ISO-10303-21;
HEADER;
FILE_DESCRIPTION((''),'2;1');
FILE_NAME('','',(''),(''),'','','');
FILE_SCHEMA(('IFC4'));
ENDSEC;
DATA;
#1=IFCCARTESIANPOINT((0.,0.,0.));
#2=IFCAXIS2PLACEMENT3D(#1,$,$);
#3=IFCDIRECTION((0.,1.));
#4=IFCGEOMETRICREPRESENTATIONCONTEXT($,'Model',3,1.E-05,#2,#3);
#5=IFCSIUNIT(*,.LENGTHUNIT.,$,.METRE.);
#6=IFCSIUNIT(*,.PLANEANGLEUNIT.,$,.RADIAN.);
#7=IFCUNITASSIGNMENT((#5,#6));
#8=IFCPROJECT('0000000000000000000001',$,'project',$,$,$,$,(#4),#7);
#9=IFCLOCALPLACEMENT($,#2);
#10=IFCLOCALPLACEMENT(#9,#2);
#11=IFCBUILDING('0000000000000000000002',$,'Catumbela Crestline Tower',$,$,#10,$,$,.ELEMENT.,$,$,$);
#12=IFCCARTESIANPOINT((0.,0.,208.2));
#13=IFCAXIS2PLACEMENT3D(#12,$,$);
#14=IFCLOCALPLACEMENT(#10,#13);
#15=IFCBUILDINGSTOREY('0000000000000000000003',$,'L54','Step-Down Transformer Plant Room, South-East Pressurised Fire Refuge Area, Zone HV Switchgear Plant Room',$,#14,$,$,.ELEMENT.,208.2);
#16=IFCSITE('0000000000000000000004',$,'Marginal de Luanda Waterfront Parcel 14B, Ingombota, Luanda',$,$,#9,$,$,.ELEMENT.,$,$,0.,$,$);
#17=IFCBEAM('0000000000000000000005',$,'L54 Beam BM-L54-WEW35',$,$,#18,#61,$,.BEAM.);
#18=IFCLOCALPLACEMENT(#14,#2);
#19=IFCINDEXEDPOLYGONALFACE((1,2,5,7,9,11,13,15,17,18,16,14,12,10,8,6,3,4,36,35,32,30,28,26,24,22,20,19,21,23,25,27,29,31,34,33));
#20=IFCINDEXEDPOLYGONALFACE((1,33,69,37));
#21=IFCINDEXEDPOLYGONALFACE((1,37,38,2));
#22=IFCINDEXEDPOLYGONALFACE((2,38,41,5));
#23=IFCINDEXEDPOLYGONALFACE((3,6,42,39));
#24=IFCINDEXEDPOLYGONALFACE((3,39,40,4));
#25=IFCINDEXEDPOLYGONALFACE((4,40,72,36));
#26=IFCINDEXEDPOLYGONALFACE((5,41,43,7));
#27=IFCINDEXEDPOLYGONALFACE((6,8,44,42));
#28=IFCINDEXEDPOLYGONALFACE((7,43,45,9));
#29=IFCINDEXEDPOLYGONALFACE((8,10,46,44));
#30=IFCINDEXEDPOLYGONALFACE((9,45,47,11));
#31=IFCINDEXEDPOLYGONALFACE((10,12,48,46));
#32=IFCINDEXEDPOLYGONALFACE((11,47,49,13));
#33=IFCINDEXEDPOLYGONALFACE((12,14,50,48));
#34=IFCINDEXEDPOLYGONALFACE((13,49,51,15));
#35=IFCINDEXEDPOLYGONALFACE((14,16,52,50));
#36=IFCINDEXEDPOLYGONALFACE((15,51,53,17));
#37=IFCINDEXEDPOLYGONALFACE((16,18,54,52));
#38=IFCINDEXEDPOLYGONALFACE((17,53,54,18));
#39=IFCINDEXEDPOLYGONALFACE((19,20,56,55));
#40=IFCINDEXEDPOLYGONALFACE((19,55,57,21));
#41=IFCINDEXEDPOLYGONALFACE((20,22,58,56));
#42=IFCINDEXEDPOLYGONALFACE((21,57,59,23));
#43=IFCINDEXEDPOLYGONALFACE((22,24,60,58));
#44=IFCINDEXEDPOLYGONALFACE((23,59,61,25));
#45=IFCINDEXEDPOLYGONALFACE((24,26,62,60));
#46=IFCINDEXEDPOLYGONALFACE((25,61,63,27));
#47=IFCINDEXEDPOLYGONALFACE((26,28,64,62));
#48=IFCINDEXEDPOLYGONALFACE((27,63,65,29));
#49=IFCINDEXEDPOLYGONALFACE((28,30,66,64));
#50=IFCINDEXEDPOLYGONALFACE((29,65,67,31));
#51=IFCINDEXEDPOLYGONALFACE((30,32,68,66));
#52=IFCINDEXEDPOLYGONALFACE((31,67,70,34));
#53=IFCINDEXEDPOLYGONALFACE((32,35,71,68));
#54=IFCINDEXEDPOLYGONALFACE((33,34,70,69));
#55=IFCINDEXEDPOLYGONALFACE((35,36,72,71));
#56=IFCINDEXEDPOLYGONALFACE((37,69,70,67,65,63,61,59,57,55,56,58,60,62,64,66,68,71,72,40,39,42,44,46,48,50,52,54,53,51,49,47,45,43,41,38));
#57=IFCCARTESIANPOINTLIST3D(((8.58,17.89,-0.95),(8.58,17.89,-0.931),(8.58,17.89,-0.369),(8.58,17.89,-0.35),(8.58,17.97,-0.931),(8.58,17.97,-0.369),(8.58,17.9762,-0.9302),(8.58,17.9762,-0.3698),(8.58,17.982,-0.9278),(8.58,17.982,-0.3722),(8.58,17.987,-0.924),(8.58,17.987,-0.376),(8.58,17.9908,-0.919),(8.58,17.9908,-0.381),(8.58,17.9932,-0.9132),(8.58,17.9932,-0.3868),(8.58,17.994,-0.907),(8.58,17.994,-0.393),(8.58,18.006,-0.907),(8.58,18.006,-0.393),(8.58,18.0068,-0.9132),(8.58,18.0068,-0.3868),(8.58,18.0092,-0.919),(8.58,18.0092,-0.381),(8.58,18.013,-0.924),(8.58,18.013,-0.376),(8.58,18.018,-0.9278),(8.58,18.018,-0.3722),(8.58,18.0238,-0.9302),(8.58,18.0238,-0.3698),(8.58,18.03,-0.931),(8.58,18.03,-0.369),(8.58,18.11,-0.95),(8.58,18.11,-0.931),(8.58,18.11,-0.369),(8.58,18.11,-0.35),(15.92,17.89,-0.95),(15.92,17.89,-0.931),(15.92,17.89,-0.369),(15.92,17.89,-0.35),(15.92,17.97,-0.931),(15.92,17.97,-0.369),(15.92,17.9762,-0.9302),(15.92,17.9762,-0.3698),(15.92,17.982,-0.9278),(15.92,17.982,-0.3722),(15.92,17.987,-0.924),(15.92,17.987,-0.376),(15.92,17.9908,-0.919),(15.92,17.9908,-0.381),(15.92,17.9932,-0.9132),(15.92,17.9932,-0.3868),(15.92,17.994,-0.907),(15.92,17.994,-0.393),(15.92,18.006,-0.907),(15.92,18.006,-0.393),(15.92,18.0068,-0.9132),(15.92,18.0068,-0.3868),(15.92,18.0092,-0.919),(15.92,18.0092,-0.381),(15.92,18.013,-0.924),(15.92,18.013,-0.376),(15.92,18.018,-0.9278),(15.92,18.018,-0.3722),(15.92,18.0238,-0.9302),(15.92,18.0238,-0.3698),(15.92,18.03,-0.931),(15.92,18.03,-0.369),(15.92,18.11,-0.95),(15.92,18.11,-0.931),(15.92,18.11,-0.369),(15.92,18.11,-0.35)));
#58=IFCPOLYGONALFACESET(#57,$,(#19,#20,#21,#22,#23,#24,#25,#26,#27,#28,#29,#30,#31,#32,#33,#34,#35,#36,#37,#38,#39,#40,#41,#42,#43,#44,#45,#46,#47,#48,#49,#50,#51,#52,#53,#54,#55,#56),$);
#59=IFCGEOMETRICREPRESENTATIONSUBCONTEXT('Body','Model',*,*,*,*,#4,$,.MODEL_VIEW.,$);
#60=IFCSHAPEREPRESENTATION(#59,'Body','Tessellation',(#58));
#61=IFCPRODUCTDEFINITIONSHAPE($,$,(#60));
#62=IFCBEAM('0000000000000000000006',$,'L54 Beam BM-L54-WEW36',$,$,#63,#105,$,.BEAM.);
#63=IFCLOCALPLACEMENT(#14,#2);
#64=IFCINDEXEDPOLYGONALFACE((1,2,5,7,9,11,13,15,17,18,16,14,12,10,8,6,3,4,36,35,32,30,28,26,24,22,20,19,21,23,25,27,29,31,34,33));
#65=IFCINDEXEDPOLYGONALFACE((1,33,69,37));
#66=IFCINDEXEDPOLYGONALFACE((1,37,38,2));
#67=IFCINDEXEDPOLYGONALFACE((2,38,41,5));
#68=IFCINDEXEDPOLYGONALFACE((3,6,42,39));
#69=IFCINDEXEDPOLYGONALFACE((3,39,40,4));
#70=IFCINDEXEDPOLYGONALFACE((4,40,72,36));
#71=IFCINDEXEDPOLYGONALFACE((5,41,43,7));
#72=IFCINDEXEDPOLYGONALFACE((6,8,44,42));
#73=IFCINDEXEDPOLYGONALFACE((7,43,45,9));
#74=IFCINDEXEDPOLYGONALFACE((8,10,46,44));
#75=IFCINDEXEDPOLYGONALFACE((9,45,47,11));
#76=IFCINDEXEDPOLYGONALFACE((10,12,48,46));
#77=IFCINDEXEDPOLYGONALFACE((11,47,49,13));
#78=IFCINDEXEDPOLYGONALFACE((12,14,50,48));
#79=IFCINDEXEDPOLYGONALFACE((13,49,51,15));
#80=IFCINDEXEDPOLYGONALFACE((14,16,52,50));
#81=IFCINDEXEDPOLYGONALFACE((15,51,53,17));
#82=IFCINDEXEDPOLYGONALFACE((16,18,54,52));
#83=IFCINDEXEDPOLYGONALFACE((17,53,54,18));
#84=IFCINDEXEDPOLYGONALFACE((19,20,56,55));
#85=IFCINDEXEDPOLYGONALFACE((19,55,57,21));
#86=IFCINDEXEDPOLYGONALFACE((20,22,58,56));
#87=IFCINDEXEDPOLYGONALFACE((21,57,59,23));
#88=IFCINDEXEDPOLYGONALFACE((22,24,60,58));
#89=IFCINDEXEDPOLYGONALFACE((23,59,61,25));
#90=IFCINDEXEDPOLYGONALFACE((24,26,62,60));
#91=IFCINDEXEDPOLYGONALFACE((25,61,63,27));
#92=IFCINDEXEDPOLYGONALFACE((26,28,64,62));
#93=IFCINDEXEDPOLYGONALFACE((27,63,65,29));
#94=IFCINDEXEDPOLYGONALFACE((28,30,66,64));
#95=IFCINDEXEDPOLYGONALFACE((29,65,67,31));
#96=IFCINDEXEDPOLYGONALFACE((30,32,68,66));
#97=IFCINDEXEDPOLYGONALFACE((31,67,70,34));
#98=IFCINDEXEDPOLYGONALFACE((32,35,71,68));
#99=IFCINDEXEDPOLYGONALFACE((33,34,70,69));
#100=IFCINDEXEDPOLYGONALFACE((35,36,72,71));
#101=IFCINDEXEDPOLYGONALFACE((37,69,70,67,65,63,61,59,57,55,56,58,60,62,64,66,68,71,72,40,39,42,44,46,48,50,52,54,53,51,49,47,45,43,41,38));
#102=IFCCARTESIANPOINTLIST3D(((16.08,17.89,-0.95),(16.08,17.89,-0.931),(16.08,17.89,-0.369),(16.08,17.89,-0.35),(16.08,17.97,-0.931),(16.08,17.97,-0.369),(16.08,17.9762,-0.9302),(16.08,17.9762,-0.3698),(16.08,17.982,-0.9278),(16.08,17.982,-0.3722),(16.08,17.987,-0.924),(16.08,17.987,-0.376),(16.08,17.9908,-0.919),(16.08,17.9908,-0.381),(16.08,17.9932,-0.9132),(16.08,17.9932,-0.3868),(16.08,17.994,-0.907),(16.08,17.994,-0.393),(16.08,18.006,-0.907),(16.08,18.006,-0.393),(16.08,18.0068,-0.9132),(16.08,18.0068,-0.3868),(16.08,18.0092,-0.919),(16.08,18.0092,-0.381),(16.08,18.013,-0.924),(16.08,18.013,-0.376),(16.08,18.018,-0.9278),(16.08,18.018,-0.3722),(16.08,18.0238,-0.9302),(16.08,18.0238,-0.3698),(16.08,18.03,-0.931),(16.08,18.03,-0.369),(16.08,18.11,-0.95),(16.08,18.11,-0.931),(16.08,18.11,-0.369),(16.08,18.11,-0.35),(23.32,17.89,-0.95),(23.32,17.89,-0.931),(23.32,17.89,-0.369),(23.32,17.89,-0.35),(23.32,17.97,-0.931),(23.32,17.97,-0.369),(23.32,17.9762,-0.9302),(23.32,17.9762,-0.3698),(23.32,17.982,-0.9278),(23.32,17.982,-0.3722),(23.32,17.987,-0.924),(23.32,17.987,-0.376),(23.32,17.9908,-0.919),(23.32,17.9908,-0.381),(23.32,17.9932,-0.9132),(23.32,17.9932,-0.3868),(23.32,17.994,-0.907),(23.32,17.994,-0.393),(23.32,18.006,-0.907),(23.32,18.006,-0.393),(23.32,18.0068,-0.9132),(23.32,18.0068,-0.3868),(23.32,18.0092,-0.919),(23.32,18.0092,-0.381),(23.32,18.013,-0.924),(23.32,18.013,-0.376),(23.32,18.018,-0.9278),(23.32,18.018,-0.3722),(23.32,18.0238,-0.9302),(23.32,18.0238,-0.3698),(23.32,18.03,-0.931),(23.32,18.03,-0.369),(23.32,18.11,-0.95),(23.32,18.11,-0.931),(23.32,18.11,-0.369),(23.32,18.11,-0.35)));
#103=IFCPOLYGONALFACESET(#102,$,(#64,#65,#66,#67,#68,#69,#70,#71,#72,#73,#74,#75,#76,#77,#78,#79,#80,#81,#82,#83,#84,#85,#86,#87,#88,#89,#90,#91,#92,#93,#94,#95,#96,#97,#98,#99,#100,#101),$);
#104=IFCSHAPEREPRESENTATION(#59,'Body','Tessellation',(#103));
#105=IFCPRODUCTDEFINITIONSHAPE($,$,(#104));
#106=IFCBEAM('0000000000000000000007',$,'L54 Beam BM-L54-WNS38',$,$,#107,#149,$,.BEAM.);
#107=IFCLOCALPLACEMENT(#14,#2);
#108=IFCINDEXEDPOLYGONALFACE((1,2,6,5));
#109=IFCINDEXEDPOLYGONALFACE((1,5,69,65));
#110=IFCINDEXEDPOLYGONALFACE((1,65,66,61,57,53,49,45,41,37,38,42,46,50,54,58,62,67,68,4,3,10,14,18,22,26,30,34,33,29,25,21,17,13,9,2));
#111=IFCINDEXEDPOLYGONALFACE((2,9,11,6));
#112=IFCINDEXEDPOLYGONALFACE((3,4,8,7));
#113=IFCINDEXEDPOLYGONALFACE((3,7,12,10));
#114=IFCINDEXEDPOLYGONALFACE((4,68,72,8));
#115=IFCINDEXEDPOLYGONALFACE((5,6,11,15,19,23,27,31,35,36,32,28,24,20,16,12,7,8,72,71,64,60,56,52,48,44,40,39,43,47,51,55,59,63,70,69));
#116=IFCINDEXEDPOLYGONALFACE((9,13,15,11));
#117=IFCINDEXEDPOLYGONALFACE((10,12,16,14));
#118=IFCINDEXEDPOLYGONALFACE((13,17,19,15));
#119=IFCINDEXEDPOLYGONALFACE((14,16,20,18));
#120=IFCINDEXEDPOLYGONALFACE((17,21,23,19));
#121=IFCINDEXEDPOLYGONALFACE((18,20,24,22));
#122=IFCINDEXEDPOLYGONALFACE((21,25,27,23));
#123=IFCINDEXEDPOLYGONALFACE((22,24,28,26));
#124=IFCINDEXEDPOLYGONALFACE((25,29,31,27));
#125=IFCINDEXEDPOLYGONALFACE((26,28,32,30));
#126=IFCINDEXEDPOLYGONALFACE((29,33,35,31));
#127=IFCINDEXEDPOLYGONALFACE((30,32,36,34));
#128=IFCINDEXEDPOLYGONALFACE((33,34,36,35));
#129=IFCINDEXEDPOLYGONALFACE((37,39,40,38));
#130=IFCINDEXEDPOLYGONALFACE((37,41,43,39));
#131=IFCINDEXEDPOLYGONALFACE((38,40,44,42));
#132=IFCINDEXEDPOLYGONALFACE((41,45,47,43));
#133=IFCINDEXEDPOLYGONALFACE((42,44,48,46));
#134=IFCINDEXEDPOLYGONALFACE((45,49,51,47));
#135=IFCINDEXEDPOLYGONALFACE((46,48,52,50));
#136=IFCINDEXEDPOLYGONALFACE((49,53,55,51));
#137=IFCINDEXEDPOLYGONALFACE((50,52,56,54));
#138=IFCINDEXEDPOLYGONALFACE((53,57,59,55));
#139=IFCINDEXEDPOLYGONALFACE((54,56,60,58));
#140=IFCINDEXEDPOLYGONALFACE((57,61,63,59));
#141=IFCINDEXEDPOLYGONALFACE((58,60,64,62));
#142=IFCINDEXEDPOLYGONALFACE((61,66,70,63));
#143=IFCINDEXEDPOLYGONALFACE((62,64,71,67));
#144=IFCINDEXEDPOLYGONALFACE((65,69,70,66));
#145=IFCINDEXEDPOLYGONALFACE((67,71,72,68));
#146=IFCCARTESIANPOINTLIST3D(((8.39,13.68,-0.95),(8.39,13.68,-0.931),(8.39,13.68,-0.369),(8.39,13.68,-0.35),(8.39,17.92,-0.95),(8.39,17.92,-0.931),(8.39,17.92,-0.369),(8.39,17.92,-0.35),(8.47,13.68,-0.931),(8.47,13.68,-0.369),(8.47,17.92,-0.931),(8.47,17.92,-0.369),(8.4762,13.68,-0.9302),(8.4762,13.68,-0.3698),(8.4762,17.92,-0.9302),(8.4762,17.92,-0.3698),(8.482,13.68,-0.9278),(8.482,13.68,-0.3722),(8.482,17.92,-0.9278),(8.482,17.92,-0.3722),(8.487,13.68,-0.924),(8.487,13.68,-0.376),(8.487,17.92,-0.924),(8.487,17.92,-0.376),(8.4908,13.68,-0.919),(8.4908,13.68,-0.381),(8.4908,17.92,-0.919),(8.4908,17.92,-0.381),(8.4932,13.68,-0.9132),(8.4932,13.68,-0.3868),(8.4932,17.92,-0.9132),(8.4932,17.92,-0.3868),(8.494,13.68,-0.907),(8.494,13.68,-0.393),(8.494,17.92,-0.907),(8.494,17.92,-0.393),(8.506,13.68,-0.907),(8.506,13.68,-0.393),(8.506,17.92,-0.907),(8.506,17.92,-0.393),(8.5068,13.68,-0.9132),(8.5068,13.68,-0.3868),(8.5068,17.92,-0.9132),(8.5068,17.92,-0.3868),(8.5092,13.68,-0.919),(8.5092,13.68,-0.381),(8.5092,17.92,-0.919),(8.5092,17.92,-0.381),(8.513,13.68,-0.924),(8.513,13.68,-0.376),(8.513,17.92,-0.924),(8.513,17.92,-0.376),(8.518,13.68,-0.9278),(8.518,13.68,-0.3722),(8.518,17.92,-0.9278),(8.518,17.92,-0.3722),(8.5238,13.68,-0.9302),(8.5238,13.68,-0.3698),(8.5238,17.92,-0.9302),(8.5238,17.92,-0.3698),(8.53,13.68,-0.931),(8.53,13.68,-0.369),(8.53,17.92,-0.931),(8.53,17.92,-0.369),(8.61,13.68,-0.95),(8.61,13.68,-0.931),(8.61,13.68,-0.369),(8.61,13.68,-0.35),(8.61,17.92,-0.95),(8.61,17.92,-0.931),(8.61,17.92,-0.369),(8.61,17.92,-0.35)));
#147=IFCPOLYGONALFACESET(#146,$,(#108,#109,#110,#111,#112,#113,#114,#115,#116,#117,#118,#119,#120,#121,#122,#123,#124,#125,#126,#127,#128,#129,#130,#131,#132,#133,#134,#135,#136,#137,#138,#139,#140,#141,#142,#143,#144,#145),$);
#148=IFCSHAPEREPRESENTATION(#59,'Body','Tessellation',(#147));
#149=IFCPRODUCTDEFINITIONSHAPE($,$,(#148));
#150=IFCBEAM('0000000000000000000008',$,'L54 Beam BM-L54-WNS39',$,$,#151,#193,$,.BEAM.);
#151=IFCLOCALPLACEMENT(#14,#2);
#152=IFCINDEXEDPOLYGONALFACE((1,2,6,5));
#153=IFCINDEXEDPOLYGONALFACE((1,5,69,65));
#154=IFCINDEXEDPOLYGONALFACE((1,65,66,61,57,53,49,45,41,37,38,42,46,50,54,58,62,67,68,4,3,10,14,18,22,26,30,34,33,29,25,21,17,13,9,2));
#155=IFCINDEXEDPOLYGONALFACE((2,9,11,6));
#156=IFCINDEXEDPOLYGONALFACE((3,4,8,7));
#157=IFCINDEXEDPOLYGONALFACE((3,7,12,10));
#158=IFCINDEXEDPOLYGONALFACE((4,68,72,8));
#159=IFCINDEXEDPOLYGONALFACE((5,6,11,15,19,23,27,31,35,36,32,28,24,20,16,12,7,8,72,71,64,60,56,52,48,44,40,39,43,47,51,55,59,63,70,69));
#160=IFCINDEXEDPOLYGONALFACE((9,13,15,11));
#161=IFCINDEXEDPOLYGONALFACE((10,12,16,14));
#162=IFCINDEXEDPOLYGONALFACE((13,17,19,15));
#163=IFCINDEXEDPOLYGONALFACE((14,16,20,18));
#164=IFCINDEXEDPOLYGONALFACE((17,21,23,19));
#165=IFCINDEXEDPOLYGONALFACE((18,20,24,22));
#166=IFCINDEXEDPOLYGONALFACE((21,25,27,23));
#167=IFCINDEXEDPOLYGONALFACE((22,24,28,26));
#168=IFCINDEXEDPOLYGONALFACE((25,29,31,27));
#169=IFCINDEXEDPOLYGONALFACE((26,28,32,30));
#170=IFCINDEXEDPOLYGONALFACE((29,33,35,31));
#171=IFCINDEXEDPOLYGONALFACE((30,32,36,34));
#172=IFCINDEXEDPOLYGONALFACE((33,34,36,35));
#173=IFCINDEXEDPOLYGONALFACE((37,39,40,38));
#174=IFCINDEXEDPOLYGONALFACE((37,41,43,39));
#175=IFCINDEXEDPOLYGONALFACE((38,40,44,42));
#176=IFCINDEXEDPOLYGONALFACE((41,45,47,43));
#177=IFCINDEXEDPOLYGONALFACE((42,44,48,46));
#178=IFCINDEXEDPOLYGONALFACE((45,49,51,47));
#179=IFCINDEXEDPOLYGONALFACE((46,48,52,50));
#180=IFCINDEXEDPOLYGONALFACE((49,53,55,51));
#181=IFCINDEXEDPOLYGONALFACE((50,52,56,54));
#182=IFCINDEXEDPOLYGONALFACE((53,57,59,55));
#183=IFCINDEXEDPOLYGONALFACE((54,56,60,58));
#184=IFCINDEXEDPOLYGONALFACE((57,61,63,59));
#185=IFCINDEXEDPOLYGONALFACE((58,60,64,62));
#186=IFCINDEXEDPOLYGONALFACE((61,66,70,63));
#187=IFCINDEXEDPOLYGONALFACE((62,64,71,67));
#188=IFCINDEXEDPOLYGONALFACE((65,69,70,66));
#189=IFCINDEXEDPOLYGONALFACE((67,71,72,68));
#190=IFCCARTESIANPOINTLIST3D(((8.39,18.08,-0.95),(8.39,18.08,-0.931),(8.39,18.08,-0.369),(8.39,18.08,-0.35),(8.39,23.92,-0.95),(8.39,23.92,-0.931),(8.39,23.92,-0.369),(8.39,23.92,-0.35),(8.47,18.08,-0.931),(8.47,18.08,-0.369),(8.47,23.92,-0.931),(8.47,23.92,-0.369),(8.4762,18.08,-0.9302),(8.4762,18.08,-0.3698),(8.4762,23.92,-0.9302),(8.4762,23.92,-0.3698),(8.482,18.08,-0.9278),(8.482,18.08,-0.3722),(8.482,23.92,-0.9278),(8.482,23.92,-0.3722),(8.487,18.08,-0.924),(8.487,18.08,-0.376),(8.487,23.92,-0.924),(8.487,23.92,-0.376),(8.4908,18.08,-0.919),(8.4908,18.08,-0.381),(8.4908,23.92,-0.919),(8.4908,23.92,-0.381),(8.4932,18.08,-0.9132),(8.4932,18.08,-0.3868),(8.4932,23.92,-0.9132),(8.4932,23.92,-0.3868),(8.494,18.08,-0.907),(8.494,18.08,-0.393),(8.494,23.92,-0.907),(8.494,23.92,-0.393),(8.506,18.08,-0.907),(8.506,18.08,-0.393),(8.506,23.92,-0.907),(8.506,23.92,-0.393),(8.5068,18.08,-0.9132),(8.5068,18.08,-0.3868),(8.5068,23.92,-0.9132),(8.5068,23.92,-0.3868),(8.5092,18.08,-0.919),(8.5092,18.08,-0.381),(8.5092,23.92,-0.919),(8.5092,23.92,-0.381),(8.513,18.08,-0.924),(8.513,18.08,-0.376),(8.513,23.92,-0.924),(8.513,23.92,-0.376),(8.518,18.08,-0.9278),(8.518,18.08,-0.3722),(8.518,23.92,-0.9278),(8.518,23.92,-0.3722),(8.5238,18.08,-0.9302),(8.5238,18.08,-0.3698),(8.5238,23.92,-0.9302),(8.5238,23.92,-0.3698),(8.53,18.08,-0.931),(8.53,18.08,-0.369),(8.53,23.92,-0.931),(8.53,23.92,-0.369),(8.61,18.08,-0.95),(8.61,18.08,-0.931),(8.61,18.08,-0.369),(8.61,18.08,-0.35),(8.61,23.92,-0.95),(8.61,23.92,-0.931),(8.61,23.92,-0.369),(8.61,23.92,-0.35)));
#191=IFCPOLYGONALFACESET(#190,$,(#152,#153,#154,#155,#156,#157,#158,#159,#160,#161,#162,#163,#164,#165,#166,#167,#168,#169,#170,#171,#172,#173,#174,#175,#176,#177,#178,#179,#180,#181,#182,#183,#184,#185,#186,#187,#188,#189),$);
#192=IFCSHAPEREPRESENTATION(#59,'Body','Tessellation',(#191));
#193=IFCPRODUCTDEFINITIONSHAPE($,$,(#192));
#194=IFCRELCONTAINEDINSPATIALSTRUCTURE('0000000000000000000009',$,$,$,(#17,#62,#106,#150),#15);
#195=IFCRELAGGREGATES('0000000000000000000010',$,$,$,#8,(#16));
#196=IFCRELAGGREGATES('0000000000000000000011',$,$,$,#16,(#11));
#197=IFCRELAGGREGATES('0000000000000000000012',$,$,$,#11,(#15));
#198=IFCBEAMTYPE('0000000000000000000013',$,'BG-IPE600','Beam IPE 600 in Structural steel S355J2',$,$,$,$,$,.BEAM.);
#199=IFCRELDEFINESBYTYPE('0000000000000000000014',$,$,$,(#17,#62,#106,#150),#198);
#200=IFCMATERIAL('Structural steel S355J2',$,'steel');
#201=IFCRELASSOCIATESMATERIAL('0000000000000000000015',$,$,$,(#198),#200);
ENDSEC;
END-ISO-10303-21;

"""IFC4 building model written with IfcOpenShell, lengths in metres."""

from ifc_helpers import new_model, si_unit, direction, frame, origin, origin_2d, place, context, subcontext, project, spatial, i_section, extrude, material, material_profile, profile_set, type_object, element, save


model = new_model("IFC4")

# Units and contexts
model_context = context("Model", 3, precision=1e-05, world=origin(), true_north=direction((0.0, 1.0)))
body_context = subcontext(model_context, "Body", "Model", "MODEL_VIEW")
ifc_project = project(units=[si_unit("LENGTHUNIT", "METRE"), si_unit("PLANEANGLEUNIT", "RADIAN")], contexts=[model_context])

# Site, building, storey
site_placement = place(None, origin())
site = spatial("IfcSite", under=ifc_project, at=site_placement, Name="Marginal de Luanda Waterfront Parcel 14B, Ingombota, Luanda", CompositionType="ELEMENT", RefElevation=0.0)
building_placement = place(site_placement, origin())
building = spatial("IfcBuilding", under=site, at=building_placement, Name="Catumbela Crestline Tower", CompositionType="ELEMENT")
storey_placement = place(building_placement, frame((0.0, 0.0, 208.2)))
storey = spatial("IfcBuildingStorey", under=building, at=storey_placement, Name="L54", Description="Step-Down Transformer Plant Room, South-East Pressurised Fire Refuge Area, Zone HV Switchgear Plant Room", CompositionType="ELEMENT", Elevation=208.2)

# Shared definitions
ifc_material_1 = material(Name="Structural steel S355J2", Category="steel")

# Beams
ifc_material_profile_1 = material_profile(ifc_material_1, i_section(OverallWidth=0.22, OverallDepth=0.6, WebThickness=0.012, FlangeThickness=0.019, FilletRadius=0.024, at=origin_2d()), Name="IPE 600")
ifc_profile_set_1 = profile_set([ifc_material_profile_1], Name="Structural steel S355J2")
beam_type_1 = type_object("IfcBeamType", Name="BG-IPE600", Description="Beam IPE 600 in Structural steel S355J2", PredefinedType="BEAM", material=ifc_profile_set_1)
beam_1_placement = place(storey_placement, frame((8.58, 18.0, -0.65), z_axis=(1.0, 0.0, 0.0), x_axis=(0.0, 1.0, 0.0)))
element("IfcBeam", 1, at=beam_1_placement, inside=storey, type_object=beam_type_1, Name="L54 Beam BM-L54-WEW35", PredefinedType="BEAM", context=body_context, shape_type="SweptSolid", body=[
    extrude(i_section(OverallWidth=0.22, OverallDepth=0.6, WebThickness=0.012, FlangeThickness=0.019, FilletRadius=0.024, at=origin_2d()), origin(), (0.0, 0.0, 1.0), 7.34),
])
beam_2_placement = place(storey_placement, frame((16.08, 18.0, -0.65), z_axis=(1.0, 0.0, 0.0), x_axis=(0.0, 1.0, 0.0)))
element("IfcBeam", 2, at=beam_2_placement, inside=storey, type_object=beam_type_1, Name="L54 Beam BM-L54-WEW36", PredefinedType="BEAM", context=body_context, shape_type="SweptSolid", body=[
    extrude(i_section(OverallWidth=0.22, OverallDepth=0.6, WebThickness=0.012, FlangeThickness=0.019, FilletRadius=0.024, at=origin_2d()), origin(), (0.0, 0.0, 1.0), 7.24),
])
beam_3_placement = place(storey_placement, frame((8.5, 13.68, -0.65), z_axis=(0.0, 1.0, 0.0), x_axis=(-1.0, 0.0, 0.0)))
element("IfcBeam", 3, at=beam_3_placement, inside=storey, type_object=beam_type_1, Name="L54 Beam BM-L54-WNS38", PredefinedType="BEAM", context=body_context, shape_type="SweptSolid", body=[
    extrude(i_section(OverallWidth=0.22, OverallDepth=0.6, WebThickness=0.012, FlangeThickness=0.019, FilletRadius=0.024, at=origin_2d()), origin(), (0.0, 0.0, 1.0), 4.24),
])
beam_4_placement = place(storey_placement, frame((8.5, 18.08, -0.65), z_axis=(0.0, 1.0, 0.0), x_axis=(-1.0, 0.0, 0.0)))
element("IfcBeam", 4, at=beam_4_placement, inside=storey, type_object=beam_type_1, Name="L54 Beam BM-L54-WNS39", PredefinedType="BEAM", context=body_context, shape_type="SweptSolid", body=[
    extrude(i_section(OverallWidth=0.22, OverallDepth=0.6, WebThickness=0.012, FlangeThickness=0.019, FilletRadius=0.024, at=origin_2d()), origin(), (0.0, 0.0, 1.0), 5.84),
])

save(model, "model.ifc")
